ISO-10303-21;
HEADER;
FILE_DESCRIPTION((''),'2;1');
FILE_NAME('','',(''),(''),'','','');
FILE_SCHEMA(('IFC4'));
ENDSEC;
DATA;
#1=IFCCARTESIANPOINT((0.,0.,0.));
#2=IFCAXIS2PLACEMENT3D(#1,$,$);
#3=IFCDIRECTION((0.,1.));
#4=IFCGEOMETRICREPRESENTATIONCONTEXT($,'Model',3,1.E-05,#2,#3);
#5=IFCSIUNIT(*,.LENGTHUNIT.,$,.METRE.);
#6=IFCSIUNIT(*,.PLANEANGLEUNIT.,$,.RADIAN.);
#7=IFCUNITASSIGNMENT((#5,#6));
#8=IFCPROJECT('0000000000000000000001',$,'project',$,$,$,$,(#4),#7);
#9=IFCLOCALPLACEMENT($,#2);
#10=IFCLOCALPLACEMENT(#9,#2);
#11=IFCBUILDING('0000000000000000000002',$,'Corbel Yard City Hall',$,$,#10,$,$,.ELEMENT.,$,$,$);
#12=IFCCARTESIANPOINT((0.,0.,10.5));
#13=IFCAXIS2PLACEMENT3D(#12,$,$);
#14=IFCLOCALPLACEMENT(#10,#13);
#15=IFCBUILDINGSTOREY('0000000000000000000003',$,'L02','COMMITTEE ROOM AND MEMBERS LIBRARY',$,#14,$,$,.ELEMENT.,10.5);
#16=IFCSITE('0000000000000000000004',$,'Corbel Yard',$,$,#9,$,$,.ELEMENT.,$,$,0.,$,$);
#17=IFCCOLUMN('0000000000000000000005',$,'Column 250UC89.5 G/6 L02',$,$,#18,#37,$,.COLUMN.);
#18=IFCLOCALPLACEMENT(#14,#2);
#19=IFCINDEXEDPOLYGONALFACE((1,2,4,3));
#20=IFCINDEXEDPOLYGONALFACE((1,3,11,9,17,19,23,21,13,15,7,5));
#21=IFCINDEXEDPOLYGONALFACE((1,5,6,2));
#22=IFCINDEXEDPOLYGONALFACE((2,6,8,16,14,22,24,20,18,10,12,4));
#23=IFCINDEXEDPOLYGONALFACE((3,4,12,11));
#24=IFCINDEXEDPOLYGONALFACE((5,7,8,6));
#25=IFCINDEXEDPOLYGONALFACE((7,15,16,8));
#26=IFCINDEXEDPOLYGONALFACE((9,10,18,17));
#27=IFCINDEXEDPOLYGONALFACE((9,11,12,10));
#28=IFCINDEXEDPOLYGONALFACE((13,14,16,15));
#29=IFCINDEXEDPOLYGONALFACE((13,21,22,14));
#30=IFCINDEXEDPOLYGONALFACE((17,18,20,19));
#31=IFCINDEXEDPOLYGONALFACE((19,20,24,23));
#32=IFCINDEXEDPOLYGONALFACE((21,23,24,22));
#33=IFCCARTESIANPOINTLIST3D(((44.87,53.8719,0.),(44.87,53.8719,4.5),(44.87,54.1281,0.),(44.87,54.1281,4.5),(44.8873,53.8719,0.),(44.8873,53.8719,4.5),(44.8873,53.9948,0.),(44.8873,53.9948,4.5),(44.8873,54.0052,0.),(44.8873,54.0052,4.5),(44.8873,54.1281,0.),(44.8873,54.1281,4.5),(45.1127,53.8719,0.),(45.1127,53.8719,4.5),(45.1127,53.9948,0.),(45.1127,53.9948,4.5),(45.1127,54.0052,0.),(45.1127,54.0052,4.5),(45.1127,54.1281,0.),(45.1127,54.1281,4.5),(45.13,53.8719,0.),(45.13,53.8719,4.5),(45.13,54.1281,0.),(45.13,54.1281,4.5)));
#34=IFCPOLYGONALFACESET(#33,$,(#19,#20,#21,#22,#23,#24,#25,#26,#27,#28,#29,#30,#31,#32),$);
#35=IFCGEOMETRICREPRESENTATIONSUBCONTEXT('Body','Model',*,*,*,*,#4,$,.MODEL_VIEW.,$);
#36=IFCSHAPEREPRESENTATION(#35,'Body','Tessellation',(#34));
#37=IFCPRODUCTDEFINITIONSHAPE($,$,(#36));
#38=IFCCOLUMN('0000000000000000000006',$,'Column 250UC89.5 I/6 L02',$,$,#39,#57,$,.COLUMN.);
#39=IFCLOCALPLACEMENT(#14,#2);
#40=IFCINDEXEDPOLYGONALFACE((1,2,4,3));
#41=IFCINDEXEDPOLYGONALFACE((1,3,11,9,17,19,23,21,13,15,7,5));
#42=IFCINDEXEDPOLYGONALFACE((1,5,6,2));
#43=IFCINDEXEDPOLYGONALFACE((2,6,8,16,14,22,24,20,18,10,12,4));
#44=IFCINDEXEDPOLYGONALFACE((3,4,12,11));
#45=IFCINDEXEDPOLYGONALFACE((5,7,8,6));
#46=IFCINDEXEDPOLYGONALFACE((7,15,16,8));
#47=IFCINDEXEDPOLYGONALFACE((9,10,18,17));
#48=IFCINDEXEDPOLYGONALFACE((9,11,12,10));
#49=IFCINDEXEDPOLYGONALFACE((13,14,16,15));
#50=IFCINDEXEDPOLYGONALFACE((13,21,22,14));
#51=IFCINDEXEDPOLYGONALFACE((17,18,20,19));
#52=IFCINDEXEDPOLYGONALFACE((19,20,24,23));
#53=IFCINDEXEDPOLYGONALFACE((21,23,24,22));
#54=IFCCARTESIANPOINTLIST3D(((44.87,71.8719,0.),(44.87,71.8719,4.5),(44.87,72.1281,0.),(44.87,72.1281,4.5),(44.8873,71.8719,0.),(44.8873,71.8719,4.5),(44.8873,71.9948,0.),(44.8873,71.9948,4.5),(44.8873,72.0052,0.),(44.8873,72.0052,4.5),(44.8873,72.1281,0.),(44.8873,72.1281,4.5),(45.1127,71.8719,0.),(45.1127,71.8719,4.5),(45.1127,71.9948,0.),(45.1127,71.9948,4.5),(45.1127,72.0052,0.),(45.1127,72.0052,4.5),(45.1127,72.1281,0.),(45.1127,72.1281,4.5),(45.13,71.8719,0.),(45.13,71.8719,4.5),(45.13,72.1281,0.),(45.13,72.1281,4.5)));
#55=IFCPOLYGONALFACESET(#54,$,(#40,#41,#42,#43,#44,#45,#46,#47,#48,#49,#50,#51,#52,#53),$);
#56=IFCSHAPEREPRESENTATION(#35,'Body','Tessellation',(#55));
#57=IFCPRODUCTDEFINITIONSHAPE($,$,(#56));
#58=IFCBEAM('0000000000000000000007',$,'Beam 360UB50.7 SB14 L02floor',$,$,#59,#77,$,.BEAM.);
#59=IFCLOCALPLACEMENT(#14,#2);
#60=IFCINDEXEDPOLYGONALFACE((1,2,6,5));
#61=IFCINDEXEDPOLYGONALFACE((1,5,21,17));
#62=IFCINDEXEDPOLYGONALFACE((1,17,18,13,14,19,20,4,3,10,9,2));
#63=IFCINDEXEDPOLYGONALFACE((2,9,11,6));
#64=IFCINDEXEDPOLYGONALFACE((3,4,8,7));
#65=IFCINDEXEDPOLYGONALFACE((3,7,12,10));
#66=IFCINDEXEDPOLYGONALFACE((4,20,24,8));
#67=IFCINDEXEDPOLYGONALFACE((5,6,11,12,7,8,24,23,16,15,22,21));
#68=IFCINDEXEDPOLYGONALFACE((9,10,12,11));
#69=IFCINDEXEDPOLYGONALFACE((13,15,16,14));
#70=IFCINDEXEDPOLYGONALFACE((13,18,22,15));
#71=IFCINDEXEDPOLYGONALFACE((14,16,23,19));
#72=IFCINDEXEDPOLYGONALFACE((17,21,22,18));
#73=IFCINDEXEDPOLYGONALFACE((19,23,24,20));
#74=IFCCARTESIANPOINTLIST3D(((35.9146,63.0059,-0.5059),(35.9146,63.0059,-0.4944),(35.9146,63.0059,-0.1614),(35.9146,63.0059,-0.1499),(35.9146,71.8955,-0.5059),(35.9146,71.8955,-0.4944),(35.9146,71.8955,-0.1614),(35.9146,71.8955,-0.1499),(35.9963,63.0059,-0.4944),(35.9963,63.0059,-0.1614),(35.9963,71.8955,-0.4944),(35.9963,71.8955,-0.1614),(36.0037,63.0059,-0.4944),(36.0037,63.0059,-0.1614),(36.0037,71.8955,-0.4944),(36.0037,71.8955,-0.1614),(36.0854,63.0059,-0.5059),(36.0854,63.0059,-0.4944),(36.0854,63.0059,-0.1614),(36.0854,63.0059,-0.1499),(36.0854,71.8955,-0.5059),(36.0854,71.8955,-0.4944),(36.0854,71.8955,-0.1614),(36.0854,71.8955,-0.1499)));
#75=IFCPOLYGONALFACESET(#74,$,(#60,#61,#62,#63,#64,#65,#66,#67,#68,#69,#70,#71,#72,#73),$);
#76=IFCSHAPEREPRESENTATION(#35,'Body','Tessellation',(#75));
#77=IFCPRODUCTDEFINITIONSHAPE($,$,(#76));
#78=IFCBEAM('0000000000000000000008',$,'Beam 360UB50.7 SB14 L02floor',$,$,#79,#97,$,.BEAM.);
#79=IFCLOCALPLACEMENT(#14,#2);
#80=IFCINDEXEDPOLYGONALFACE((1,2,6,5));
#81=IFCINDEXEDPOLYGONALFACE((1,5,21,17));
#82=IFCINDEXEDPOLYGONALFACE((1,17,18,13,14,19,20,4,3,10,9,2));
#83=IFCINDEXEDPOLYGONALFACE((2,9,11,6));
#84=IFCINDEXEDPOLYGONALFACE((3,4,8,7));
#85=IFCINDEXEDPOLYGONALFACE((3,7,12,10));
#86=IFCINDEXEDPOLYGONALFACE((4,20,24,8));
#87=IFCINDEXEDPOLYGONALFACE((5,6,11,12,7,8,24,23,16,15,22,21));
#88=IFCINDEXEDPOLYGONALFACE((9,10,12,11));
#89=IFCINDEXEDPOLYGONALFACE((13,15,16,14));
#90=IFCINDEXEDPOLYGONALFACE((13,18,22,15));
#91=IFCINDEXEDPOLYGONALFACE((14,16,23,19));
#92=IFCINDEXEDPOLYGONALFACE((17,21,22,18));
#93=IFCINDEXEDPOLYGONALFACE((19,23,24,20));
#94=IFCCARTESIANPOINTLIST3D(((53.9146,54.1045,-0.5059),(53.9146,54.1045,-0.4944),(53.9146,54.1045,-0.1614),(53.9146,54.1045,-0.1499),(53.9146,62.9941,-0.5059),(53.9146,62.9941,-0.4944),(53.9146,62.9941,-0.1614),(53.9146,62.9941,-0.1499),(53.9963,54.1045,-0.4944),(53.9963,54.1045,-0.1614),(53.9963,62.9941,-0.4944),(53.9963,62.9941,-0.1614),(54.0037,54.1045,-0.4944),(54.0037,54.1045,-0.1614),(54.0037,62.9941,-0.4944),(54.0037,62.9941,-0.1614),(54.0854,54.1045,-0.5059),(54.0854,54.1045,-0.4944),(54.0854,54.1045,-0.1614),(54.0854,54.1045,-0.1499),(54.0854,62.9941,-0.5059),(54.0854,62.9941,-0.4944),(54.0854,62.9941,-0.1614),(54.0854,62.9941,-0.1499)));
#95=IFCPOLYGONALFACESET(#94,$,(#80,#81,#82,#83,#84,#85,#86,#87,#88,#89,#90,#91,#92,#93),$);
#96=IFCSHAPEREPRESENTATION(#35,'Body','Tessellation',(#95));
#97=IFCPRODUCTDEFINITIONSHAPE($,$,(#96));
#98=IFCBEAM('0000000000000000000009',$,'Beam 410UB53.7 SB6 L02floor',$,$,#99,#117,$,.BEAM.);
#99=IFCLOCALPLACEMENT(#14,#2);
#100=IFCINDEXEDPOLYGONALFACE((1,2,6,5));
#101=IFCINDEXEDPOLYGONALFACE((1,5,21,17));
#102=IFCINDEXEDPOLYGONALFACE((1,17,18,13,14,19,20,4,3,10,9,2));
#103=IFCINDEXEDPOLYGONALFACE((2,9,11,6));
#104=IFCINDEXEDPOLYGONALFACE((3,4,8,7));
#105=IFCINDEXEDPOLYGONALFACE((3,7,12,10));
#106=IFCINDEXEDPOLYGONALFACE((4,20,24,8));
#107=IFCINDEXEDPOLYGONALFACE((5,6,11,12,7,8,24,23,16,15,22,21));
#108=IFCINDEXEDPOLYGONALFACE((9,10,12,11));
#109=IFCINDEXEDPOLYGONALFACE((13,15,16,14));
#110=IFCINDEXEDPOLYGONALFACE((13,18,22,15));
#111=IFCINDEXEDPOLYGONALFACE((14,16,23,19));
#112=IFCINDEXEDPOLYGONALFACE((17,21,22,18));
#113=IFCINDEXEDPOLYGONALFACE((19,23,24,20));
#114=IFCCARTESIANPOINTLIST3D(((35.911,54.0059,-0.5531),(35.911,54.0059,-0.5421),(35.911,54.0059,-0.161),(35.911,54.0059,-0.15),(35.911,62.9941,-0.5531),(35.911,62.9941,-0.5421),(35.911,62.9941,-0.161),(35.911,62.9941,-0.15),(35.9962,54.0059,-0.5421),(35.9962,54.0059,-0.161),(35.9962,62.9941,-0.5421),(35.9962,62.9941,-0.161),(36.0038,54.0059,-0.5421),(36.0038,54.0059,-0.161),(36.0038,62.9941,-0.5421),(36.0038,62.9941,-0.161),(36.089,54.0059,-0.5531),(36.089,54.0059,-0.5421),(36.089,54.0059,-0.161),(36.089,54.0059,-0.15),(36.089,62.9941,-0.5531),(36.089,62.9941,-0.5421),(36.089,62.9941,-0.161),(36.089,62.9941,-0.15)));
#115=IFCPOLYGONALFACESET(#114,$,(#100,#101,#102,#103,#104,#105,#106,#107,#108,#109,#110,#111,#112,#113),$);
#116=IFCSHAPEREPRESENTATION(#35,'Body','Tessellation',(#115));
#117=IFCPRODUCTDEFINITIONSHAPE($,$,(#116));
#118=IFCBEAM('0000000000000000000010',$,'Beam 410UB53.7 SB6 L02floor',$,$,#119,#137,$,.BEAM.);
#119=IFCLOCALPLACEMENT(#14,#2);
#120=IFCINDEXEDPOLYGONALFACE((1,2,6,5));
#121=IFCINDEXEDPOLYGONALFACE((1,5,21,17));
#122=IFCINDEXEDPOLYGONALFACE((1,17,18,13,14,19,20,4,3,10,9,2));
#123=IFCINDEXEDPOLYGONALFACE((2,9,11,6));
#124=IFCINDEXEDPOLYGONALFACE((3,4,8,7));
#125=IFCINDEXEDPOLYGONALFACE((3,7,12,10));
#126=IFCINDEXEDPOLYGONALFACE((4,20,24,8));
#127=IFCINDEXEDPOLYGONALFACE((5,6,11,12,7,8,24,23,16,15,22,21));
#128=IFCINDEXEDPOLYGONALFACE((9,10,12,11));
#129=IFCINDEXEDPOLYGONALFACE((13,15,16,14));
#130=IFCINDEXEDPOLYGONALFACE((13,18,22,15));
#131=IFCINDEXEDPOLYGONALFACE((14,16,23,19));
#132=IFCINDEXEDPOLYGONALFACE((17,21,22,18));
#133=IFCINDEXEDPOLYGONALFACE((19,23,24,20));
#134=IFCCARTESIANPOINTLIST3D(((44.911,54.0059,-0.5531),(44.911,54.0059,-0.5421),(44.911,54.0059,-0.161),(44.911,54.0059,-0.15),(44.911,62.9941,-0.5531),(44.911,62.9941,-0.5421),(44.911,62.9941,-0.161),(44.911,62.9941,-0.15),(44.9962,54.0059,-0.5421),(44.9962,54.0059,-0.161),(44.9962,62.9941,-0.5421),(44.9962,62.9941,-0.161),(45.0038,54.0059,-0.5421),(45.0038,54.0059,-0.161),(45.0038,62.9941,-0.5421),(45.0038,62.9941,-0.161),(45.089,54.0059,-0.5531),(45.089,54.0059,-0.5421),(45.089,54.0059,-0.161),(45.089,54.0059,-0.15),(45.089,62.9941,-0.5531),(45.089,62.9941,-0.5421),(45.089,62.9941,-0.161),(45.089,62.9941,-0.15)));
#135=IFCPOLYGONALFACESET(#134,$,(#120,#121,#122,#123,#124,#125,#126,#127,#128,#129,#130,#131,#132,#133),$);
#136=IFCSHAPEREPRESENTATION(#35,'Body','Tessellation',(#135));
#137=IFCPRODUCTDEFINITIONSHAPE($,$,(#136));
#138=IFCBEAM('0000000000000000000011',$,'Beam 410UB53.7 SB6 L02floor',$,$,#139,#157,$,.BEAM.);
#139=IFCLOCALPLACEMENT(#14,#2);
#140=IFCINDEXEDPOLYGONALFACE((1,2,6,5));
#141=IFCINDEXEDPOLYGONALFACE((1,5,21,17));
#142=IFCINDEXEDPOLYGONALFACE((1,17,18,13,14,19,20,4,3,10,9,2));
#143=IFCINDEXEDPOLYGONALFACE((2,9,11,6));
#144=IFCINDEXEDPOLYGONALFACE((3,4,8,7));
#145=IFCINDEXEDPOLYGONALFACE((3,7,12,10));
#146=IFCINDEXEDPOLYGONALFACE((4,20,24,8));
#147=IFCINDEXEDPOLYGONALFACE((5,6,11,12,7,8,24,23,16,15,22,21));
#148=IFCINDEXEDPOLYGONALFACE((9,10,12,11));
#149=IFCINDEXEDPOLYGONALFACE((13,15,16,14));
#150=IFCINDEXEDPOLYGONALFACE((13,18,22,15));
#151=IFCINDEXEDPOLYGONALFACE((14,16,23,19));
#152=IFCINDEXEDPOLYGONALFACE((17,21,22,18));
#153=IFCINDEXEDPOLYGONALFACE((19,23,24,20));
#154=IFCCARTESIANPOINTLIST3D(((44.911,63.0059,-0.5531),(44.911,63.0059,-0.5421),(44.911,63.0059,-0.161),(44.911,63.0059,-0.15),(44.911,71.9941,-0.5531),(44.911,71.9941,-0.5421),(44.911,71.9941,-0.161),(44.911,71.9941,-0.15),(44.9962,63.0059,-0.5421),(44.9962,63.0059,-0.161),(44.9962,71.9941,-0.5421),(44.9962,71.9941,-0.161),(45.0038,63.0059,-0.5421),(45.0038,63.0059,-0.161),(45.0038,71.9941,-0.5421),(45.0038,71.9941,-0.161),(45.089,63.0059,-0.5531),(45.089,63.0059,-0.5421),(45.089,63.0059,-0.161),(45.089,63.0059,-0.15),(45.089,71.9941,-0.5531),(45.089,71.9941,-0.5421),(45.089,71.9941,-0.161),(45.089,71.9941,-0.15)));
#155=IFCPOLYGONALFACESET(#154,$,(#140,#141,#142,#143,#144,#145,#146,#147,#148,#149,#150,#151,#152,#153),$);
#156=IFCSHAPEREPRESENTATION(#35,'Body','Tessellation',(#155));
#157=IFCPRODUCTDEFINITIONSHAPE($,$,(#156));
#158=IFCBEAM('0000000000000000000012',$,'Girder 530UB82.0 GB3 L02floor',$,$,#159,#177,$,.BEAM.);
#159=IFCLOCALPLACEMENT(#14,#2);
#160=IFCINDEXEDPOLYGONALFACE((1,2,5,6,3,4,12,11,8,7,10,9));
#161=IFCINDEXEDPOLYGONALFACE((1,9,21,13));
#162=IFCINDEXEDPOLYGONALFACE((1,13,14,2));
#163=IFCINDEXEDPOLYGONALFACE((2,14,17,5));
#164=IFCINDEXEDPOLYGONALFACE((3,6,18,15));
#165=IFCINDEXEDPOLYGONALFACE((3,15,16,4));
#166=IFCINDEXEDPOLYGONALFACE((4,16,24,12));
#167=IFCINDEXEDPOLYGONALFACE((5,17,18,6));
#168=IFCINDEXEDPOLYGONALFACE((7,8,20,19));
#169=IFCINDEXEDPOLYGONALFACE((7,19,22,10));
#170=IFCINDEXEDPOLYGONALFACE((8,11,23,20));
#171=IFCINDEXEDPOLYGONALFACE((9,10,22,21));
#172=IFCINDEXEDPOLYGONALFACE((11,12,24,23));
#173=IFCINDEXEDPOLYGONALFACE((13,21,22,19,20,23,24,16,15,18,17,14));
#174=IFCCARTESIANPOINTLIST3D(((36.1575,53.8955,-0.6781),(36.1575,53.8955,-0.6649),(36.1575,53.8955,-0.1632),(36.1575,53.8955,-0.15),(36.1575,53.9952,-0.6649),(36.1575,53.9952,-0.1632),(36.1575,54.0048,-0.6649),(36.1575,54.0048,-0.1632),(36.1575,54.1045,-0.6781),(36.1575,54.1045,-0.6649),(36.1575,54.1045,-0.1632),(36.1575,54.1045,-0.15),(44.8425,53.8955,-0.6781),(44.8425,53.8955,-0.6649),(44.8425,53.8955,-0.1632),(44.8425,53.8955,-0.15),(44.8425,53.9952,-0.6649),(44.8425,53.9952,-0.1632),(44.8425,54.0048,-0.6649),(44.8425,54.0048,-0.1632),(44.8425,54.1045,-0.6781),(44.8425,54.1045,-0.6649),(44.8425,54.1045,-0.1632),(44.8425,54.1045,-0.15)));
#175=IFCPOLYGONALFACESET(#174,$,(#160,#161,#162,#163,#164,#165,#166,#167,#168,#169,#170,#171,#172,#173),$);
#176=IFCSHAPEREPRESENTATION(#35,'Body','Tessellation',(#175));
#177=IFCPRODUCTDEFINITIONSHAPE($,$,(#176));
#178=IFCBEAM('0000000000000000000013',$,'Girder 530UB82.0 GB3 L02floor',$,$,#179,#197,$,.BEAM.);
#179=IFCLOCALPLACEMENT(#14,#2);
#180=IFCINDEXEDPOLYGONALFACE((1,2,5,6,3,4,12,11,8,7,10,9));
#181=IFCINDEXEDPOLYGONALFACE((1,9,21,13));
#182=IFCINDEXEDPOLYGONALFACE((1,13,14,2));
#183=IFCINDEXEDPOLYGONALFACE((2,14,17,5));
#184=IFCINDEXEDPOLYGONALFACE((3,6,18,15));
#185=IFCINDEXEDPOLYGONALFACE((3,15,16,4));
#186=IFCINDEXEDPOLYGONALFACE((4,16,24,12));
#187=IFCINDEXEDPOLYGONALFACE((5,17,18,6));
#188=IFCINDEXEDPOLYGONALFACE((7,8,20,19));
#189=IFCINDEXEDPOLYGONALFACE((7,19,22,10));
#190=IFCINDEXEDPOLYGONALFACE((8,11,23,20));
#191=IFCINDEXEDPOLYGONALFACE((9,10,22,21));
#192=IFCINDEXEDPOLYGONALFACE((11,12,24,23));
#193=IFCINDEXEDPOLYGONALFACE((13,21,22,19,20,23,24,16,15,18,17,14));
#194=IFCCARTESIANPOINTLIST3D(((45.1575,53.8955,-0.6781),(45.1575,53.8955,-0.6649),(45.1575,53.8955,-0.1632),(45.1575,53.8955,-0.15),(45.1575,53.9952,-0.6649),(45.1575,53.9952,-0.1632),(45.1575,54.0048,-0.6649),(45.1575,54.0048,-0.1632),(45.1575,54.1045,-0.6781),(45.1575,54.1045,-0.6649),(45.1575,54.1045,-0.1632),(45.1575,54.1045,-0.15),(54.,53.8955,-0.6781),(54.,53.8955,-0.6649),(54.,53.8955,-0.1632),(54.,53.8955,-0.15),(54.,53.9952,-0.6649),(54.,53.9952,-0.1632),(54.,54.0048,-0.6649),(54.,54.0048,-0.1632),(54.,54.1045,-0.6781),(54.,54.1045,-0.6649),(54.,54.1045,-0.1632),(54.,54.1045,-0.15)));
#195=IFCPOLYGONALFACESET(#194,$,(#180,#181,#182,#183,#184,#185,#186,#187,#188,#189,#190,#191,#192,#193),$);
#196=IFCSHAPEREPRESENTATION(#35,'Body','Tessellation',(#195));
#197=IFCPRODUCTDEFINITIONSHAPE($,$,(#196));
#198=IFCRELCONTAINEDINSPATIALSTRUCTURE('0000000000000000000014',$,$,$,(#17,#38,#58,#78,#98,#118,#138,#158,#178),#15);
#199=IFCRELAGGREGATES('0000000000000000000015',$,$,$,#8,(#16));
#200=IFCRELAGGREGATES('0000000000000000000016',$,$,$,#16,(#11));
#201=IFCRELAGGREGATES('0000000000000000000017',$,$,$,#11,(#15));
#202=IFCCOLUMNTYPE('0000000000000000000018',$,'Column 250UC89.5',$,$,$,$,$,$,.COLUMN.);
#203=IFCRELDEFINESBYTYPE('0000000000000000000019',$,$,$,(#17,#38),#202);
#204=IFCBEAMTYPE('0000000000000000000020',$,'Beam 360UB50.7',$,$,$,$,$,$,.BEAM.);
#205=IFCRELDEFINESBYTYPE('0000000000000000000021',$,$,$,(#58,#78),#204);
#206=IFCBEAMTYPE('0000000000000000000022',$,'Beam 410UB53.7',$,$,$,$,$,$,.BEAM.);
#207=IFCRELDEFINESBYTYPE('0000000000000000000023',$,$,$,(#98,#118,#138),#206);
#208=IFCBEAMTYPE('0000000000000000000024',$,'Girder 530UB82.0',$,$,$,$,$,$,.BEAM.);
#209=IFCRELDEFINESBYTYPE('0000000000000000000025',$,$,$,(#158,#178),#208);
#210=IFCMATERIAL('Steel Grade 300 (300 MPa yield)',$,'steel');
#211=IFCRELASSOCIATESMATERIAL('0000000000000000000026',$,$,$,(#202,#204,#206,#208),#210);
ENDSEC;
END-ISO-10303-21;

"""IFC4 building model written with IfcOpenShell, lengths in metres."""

from ifc_helpers import new_model, si_unit, direction, frame, origin, origin_2d, place, context, subcontext, project, spatial, i_section, extrude, material, material_profile, profile_set, type_object, element, save


model = new_model("IFC4")

# Units and contexts
model_context = context("Model", 3, precision=1e-05, world=origin(), true_north=direction((0.0, 1.0)))
body_context = subcontext(model_context, "Body", "Model", "MODEL_VIEW")
ifc_project = project(units=[si_unit("LENGTHUNIT", "METRE"), si_unit("PLANEANGLEUNIT", "RADIAN")], contexts=[model_context])

# Site, building, storey
site_placement = place(None, origin())
site = spatial("IfcSite", under=ifc_project, at=site_placement, Name="Corbel Yard", CompositionType="ELEMENT", RefElevation=0.0)
building_placement = place(site_placement, origin())
building = spatial("IfcBuilding", under=site, at=building_placement, Name="Corbel Yard City Hall", CompositionType="ELEMENT")
storey_placement = place(building_placement, frame((0.0, 0.0, 10.5)))
storey = spatial("IfcBuildingStorey", under=building, at=storey_placement, Name="L02", Description="COMMITTEE ROOM AND MEMBERS LIBRARY", CompositionType="ELEMENT", Elevation=10.5)

# Columns
ifc_material_1 = material(Name="Steel Grade 300 (300 MPa yield)", Category="steel")
ifc_material_profile_1 = material_profile(ifc_material_1, i_section(OverallWidth=0.2561, OverallDepth=0.26, WebThickness=0.0105, FlangeThickness=0.0173, at=origin_2d()), Name="250UC89.5")
ifc_profile_set_1 = profile_set([ifc_material_profile_1], Name="Steel Grade 300 (300 MPa yield)")
column_type = type_object("IfcColumnType", Name="Column 250UC89.5", PredefinedType="COLUMN", material=ifc_profile_set_1)
for number, where, z_axis, x_axis, name in (
    (1, (45.0, 54.0, 0.0), (0.0, 0.0, 1.0), (0.0, 1.0, 0.0), "Column 250UC89.5 G/6 L02"),
    (2, (45.0, 72.0, 0.0), (0.0, 0.0, 1.0), (0.0, 1.0, 0.0), "Column 250UC89.5 I/6 L02"),
):
    element("IfcColumn", number, at=place(storey_placement, frame(where, z_axis=z_axis, x_axis=x_axis)), inside=storey, type_object=column_type, Name=name, PredefinedType="COLUMN", context=body_context, shape_type="SweptSolid", body=[
        extrude(i_section(OverallWidth=0.2561, OverallDepth=0.26, WebThickness=0.0105, FlangeThickness=0.0173, at=origin_2d()), origin(), (0.0, 0.0, 1.0), 4.5),
    ])

# Beams
ifc_material_profile_2 = material_profile(ifc_material_1, i_section(OverallWidth=0.1709, OverallDepth=0.356, WebThickness=0.0073, FlangeThickness=0.0115, at=origin_2d()), Name="360UB50.7")
ifc_profile_set_2 = profile_set([ifc_material_profile_2], Name="Steel Grade 300 (300 MPa yield)")
beam_type_1 = type_object("IfcBeamType", Name="Beam 360UB50.7", PredefinedType="BEAM", material=ifc_profile_set_2)
for number, where, z_axis, x_axis, name in (
    (3, (36.0, 63.0059, -0.3279), (0.0, 1.0, 0.0), (-1.0, 0.0, 0.0), "Beam 360UB50.7 SB14 L02floor"),
    (4, (54.0, 54.1045, -0.3279), (0.0, 1.0, 0.0), (-1.0, 0.0, 0.0), "Beam 360UB50.7 SB14 L02floor"),
):
    element("IfcBeam", number, at=place(storey_placement, frame(where, z_axis=z_axis, x_axis=x_axis)), inside=storey, type_object=beam_type_1, Name=name, PredefinedType="BEAM", context=body_context, shape_type="SweptSolid", body=[
        extrude(i_section(OverallWidth=0.1709, OverallDepth=0.356, WebThickness=0.0073, FlangeThickness=0.0115, at=origin_2d()), origin(), (0.0, 0.0, 1.0), 8.8896),
    ])
ifc_material_profile_3 = material_profile(ifc_material_1, i_section(OverallWidth=0.178, OverallDepth=0.4031, WebThickness=0.0076, FlangeThickness=0.011, at=origin_2d()), Name="410UB53.7")
ifc_profile_set_3 = profile_set([ifc_material_profile_3], Name="Steel Grade 300 (300 MPa yield)")
beam_type_2 = type_object("IfcBeamType", Name="Beam 410UB53.7", PredefinedType="BEAM", material=ifc_profile_set_3)
for number, where, z_axis, x_axis, name in (
    (5, (36.0, 54.0059, -0.3516), (0.0, 1.0, 0.0), (-1.0, 0.0, 0.0), "Beam 410UB53.7 SB6 L02floor"),
    (6, (45.0, 54.0059, -0.3516), (0.0, 1.0, 0.0), (-1.0, 0.0, 0.0), "Beam 410UB53.7 SB6 L02floor"),
    (7, (45.0, 63.0059, -0.3516), (0.0, 1.0, 0.0), (-1.0, 0.0, 0.0), "Beam 410UB53.7 SB6 L02floor"),
):
    element("IfcBeam", number, at=place(storey_placement, frame(where, z_axis=z_axis, x_axis=x_axis)), inside=storey, type_object=beam_type_2, Name=name, PredefinedType="BEAM", context=body_context, shape_type="SweptSolid", body=[
        extrude(i_section(OverallWidth=0.178, OverallDepth=0.4031, WebThickness=0.0076, FlangeThickness=0.011, at=origin_2d()), origin(), (0.0, 0.0, 1.0), 8.9883),
    ])
ifc_material_profile_4 = material_profile(ifc_material_1, i_section(OverallWidth=0.209, OverallDepth=0.5281, WebThickness=0.0095, FlangeThickness=0.0132, at=origin_2d()), Name="530UB82.0")
ifc_profile_set_4 = profile_set([ifc_material_profile_4], Name="Steel Grade 300 (300 MPa yield)")
beam_type_3 = type_object("IfcBeamType", Name="Girder 530UB82.0", PredefinedType="BEAM", material=ifc_profile_set_4)
beam_1_placement = place(storey_placement, frame((36.1575, 54.0, -0.4141), z_axis=(1.0, 0.0, 0.0), x_axis=(0.0, 1.0, 0.0)))
element("IfcBeam", 8, at=beam_1_placement, inside=storey, type_object=beam_type_3, Name="Girder 530UB82.0 GB3 L02floor", PredefinedType="BEAM", context=body_context, shape_type="SweptSolid", body=[
    extrude(i_section(OverallWidth=0.209, OverallDepth=0.5281, WebThickness=0.0095, FlangeThickness=0.0132, at=origin_2d()), origin(), (0.0, 0.0, 1.0), 8.6851),
])
beam_2_placement = place(storey_placement, frame((45.1575, 54.0, -0.4141), z_axis=(1.0, 0.0, 0.0), x_axis=(0.0, 1.0, 0.0)))
element("IfcBeam", 9, at=beam_2_placement, inside=storey, type_object=beam_type_3, Name="Girder 530UB82.0 GB3 L02floor", PredefinedType="BEAM", context=body_context, shape_type="SweptSolid", body=[
    extrude(i_section(OverallWidth=0.209, OverallDepth=0.5281, WebThickness=0.0095, FlangeThickness=0.0132, at=origin_2d()), origin(), (0.0, 0.0, 1.0), 8.8425),
])

save(model, "model.ifc")
